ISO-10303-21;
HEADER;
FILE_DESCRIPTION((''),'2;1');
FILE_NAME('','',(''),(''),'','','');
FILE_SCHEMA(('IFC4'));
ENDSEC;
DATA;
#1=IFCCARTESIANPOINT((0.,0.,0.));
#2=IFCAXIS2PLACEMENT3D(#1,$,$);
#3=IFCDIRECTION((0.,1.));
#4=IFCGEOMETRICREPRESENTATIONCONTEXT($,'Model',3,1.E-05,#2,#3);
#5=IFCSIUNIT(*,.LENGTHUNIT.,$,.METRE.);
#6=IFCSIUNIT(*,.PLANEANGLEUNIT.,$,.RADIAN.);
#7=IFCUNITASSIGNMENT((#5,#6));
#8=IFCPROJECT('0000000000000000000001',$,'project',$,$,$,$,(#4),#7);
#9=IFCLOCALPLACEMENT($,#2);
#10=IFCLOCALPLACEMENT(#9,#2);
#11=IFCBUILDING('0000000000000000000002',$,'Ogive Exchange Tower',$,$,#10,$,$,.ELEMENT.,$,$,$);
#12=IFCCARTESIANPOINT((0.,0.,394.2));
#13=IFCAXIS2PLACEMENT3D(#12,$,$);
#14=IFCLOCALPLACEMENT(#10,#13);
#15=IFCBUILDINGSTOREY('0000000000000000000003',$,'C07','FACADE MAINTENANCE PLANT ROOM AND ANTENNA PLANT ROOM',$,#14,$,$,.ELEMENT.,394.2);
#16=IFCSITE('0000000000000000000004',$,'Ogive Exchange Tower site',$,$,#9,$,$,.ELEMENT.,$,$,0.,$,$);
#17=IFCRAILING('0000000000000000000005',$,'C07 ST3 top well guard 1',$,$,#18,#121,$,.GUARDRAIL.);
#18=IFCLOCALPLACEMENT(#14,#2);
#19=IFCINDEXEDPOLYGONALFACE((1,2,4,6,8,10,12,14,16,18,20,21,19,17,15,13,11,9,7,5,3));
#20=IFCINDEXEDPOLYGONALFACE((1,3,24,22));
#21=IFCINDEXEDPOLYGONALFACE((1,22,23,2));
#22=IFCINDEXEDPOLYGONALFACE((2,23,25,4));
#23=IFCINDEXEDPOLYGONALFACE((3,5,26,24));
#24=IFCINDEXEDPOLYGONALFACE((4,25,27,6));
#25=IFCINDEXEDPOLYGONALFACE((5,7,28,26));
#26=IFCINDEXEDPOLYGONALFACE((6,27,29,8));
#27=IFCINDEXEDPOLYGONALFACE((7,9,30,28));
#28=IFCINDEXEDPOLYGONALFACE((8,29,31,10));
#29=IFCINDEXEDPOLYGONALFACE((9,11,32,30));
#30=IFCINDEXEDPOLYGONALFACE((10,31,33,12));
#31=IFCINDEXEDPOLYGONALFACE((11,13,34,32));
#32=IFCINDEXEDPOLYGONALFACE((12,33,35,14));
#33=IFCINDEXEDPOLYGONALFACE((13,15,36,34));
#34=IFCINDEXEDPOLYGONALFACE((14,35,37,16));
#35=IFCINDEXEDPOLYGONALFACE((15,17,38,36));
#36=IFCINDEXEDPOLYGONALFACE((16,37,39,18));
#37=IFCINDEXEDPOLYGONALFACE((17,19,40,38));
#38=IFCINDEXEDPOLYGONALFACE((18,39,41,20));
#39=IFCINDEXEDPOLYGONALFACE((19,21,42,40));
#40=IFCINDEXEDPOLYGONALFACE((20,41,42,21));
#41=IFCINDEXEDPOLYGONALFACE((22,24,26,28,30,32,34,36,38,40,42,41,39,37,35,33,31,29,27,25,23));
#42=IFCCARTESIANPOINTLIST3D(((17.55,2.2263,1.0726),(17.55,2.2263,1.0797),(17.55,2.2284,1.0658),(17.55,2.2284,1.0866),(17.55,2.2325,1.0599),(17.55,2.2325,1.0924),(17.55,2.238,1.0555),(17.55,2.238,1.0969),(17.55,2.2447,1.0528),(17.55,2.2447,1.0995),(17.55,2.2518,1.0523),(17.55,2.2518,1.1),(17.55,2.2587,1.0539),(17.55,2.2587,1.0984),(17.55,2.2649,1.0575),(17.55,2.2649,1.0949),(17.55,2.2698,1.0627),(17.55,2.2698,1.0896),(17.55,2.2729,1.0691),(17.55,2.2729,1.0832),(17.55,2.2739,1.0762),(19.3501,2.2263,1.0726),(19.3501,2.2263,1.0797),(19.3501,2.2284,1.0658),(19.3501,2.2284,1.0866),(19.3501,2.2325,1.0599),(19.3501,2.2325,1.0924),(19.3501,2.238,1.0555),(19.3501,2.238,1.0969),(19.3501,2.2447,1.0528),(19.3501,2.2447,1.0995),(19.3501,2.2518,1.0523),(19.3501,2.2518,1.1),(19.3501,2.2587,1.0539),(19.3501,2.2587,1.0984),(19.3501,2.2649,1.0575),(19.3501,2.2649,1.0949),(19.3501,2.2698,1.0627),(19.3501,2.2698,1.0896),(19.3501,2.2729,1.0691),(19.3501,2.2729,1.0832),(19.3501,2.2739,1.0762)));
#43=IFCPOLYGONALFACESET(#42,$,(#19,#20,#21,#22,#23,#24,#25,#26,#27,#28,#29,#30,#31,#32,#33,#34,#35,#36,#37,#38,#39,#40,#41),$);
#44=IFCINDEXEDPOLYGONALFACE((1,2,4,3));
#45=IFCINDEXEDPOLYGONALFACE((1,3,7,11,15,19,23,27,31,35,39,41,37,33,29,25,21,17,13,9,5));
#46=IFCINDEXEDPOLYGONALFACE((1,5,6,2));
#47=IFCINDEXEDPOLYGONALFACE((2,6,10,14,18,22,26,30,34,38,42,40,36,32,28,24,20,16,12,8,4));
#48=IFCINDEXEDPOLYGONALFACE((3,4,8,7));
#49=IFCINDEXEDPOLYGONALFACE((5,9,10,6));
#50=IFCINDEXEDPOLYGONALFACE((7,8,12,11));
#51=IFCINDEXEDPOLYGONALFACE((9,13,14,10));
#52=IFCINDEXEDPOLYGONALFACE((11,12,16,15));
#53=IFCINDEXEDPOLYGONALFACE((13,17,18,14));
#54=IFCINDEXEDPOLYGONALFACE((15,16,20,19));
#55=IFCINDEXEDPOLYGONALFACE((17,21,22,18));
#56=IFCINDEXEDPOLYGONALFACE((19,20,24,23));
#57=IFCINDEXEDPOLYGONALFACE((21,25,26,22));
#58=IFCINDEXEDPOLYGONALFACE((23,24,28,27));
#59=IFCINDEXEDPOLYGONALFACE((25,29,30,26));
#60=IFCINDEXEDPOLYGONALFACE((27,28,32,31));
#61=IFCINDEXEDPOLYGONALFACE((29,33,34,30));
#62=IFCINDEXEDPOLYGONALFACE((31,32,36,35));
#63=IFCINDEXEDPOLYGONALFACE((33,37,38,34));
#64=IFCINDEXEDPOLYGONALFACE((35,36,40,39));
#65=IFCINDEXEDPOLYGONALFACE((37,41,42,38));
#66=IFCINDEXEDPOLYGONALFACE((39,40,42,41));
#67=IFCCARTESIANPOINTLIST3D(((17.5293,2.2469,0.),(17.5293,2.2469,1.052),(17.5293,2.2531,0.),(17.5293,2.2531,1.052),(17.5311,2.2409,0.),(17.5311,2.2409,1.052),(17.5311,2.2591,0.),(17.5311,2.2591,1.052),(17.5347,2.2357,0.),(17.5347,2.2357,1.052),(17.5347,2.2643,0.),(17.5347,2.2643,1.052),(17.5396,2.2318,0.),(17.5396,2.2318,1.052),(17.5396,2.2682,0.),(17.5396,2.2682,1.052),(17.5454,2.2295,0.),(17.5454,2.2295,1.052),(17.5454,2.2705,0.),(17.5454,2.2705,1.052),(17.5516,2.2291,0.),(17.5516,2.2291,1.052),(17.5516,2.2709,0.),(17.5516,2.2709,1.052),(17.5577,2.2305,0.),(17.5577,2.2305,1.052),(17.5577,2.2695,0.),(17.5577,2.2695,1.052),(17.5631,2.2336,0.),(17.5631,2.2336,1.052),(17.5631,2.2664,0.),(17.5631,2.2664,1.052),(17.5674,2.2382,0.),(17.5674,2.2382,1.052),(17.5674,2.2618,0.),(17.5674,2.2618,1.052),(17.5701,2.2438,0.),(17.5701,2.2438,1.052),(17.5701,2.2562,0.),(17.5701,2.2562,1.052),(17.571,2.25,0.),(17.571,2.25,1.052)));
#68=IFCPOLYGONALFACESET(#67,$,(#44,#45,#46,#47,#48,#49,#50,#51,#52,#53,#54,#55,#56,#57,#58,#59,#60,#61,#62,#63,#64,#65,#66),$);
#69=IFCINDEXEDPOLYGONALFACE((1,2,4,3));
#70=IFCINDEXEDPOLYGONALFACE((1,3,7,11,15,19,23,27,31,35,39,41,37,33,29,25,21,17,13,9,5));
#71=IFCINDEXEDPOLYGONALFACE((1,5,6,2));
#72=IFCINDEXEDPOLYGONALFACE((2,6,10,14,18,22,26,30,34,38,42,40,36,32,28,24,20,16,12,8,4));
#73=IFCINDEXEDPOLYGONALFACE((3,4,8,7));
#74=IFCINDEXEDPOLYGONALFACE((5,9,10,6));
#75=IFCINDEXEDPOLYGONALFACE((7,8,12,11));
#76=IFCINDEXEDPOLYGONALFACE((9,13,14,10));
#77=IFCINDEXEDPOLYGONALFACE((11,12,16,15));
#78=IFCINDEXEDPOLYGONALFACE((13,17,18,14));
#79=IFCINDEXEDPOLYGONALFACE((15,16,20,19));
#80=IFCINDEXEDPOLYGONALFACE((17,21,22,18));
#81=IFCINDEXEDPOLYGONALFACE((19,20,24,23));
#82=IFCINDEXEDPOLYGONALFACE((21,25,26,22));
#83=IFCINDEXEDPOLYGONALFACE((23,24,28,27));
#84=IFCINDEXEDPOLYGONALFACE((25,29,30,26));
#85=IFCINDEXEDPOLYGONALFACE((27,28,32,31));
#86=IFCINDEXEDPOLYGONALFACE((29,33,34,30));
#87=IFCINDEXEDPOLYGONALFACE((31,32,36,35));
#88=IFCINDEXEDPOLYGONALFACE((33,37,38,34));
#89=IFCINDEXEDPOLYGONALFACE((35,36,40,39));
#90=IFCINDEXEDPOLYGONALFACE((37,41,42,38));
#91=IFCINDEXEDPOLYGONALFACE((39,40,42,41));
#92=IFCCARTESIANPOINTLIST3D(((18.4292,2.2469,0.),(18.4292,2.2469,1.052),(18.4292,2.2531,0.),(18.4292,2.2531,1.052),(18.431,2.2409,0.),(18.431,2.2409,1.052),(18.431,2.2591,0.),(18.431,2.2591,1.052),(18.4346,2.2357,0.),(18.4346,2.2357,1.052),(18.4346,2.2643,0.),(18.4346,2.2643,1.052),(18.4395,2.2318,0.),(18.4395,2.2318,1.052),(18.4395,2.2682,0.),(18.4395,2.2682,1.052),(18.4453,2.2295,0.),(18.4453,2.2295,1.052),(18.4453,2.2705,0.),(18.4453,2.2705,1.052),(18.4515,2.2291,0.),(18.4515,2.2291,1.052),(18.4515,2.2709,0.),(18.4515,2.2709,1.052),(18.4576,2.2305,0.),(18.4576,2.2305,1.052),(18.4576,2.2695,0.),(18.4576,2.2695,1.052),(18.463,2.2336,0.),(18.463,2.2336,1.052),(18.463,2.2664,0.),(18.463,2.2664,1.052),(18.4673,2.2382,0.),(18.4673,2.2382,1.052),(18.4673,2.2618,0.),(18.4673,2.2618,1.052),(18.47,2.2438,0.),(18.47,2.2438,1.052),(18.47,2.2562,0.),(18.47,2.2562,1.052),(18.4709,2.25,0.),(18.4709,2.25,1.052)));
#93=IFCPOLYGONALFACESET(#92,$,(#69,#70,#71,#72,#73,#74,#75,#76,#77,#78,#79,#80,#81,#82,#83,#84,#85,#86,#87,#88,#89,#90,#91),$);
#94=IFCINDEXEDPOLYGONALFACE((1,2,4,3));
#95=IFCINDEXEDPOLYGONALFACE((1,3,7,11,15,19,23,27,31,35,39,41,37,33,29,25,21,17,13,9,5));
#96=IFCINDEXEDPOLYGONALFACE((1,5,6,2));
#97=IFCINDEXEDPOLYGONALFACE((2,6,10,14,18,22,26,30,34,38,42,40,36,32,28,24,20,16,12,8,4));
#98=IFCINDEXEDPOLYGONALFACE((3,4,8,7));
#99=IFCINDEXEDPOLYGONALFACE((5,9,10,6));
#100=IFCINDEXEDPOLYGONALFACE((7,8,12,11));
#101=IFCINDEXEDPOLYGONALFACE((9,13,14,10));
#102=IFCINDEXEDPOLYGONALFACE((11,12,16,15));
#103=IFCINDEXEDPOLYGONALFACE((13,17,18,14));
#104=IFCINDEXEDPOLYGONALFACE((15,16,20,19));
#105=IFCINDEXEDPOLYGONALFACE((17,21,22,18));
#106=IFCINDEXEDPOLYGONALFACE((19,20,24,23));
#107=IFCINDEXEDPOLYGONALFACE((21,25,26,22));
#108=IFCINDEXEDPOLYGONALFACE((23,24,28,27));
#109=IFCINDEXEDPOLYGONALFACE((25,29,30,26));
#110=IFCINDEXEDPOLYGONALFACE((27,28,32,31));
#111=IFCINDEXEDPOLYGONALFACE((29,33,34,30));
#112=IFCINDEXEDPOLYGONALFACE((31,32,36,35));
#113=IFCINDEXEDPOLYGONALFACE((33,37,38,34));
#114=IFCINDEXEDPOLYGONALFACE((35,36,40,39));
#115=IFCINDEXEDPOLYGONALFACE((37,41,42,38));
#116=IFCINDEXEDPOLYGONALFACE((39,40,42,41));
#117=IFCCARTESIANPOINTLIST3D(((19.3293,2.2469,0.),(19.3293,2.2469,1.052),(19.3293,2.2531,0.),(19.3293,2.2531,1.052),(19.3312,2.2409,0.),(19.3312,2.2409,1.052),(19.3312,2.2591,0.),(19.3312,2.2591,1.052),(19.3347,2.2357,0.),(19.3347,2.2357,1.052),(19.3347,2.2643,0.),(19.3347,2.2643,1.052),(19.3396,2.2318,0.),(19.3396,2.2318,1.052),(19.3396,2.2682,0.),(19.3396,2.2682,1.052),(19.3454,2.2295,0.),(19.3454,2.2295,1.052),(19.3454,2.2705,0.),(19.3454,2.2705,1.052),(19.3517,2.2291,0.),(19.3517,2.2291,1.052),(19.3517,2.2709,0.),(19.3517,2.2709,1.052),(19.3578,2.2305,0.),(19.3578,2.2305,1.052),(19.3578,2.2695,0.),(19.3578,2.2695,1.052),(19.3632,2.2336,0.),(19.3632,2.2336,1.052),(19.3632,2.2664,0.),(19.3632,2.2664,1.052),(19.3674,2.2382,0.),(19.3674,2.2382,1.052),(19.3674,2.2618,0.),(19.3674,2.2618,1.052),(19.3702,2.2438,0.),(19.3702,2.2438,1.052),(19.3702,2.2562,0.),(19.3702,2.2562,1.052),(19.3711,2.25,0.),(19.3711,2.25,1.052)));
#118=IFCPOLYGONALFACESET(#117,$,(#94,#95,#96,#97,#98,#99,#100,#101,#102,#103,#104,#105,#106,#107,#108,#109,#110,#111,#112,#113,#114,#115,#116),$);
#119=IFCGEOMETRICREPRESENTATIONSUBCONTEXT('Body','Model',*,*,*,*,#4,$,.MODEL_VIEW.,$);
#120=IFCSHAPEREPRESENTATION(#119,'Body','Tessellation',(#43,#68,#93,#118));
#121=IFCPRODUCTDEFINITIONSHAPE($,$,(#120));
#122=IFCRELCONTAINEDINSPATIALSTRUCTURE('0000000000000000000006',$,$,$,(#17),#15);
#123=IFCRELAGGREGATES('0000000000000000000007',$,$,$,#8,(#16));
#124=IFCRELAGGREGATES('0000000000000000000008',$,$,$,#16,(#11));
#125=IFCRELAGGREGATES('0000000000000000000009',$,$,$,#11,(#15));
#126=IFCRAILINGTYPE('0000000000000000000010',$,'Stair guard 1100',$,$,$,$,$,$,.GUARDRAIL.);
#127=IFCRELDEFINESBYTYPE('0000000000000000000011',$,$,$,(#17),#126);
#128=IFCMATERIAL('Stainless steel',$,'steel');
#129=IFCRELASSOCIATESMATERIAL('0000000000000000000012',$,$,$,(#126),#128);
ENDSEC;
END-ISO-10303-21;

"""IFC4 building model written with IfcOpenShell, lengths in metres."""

from ifc_helpers import new_model, si_unit, direction, frame, origin, origin_2d, place, context, subcontext, project, spatial, circle, extrude, material, type_object, element, save


model = new_model("IFC4")

# Units and contexts
model_context = context("Model", 3, precision=1e-05, world=origin(), true_north=direction((0.0, 1.0)))
body_context = subcontext(model_context, "Body", "Model", "MODEL_VIEW")
ifc_project = project(units=[si_unit("LENGTHUNIT", "METRE"), si_unit("PLANEANGLEUNIT", "RADIAN")], contexts=[model_context])

# Site, building, storey
site_placement = place(None, origin())
site = spatial("IfcSite", under=ifc_project, at=site_placement, Name="Ogive Exchange Tower site", CompositionType="ELEMENT", RefElevation=0.0)
building_placement = place(site_placement, origin())
building = spatial("IfcBuilding", under=site, at=building_placement, Name="Ogive Exchange Tower", CompositionType="ELEMENT")
storey_placement = place(building_placement, frame((0.0, 0.0, 394.2)))
storey = spatial("IfcBuildingStorey", under=building, at=storey_placement, Name="C07", Description="FACADE MAINTENANCE PLANT ROOM AND ANTENNA PLANT ROOM", CompositionType="ELEMENT", Elevation=394.2)

# Railing
ifc_material_1 = material(Name="Stainless steel", Category="steel")
railing_type = type_object("IfcRailingType", Name="Stair guard 1100", PredefinedType="GUARDRAIL", material=ifc_material_1)
railing_placement = place(storey_placement, frame((17.55, 2.25, 0.0)))
element("IfcRailing", 1, at=railing_placement, inside=storey, type_object=railing_type, Name="C07 ST3 top well guard 1", PredefinedType="GUARDRAIL", context=body_context, shape_type="SweptSolid", body=[
    extrude(circle(Radius=0.0239, at=origin_2d()), frame((0.0, 0.0, 1.0762), z_axis=(1.0, 0.0, 0.0), x_axis=(0.0, 1.0, 0.0)), (0.0, 0.0, 1.0), 1.8),
    extrude(circle(Radius=0.021, at=origin_2d()), origin(), (0.0, 0.0, 1.0), 1.052),
    extrude(circle(Radius=0.021, at=origin_2d()), frame((0.8999, 0.0, 0.0)), (0.0, 0.0, 1.0), 1.052),
    extrude(circle(Radius=0.021, at=origin_2d()), frame((1.8, 0.0, 0.0)), (0.0, 0.0, 1.0), 1.052),
])

save(model, "model.ifc")
